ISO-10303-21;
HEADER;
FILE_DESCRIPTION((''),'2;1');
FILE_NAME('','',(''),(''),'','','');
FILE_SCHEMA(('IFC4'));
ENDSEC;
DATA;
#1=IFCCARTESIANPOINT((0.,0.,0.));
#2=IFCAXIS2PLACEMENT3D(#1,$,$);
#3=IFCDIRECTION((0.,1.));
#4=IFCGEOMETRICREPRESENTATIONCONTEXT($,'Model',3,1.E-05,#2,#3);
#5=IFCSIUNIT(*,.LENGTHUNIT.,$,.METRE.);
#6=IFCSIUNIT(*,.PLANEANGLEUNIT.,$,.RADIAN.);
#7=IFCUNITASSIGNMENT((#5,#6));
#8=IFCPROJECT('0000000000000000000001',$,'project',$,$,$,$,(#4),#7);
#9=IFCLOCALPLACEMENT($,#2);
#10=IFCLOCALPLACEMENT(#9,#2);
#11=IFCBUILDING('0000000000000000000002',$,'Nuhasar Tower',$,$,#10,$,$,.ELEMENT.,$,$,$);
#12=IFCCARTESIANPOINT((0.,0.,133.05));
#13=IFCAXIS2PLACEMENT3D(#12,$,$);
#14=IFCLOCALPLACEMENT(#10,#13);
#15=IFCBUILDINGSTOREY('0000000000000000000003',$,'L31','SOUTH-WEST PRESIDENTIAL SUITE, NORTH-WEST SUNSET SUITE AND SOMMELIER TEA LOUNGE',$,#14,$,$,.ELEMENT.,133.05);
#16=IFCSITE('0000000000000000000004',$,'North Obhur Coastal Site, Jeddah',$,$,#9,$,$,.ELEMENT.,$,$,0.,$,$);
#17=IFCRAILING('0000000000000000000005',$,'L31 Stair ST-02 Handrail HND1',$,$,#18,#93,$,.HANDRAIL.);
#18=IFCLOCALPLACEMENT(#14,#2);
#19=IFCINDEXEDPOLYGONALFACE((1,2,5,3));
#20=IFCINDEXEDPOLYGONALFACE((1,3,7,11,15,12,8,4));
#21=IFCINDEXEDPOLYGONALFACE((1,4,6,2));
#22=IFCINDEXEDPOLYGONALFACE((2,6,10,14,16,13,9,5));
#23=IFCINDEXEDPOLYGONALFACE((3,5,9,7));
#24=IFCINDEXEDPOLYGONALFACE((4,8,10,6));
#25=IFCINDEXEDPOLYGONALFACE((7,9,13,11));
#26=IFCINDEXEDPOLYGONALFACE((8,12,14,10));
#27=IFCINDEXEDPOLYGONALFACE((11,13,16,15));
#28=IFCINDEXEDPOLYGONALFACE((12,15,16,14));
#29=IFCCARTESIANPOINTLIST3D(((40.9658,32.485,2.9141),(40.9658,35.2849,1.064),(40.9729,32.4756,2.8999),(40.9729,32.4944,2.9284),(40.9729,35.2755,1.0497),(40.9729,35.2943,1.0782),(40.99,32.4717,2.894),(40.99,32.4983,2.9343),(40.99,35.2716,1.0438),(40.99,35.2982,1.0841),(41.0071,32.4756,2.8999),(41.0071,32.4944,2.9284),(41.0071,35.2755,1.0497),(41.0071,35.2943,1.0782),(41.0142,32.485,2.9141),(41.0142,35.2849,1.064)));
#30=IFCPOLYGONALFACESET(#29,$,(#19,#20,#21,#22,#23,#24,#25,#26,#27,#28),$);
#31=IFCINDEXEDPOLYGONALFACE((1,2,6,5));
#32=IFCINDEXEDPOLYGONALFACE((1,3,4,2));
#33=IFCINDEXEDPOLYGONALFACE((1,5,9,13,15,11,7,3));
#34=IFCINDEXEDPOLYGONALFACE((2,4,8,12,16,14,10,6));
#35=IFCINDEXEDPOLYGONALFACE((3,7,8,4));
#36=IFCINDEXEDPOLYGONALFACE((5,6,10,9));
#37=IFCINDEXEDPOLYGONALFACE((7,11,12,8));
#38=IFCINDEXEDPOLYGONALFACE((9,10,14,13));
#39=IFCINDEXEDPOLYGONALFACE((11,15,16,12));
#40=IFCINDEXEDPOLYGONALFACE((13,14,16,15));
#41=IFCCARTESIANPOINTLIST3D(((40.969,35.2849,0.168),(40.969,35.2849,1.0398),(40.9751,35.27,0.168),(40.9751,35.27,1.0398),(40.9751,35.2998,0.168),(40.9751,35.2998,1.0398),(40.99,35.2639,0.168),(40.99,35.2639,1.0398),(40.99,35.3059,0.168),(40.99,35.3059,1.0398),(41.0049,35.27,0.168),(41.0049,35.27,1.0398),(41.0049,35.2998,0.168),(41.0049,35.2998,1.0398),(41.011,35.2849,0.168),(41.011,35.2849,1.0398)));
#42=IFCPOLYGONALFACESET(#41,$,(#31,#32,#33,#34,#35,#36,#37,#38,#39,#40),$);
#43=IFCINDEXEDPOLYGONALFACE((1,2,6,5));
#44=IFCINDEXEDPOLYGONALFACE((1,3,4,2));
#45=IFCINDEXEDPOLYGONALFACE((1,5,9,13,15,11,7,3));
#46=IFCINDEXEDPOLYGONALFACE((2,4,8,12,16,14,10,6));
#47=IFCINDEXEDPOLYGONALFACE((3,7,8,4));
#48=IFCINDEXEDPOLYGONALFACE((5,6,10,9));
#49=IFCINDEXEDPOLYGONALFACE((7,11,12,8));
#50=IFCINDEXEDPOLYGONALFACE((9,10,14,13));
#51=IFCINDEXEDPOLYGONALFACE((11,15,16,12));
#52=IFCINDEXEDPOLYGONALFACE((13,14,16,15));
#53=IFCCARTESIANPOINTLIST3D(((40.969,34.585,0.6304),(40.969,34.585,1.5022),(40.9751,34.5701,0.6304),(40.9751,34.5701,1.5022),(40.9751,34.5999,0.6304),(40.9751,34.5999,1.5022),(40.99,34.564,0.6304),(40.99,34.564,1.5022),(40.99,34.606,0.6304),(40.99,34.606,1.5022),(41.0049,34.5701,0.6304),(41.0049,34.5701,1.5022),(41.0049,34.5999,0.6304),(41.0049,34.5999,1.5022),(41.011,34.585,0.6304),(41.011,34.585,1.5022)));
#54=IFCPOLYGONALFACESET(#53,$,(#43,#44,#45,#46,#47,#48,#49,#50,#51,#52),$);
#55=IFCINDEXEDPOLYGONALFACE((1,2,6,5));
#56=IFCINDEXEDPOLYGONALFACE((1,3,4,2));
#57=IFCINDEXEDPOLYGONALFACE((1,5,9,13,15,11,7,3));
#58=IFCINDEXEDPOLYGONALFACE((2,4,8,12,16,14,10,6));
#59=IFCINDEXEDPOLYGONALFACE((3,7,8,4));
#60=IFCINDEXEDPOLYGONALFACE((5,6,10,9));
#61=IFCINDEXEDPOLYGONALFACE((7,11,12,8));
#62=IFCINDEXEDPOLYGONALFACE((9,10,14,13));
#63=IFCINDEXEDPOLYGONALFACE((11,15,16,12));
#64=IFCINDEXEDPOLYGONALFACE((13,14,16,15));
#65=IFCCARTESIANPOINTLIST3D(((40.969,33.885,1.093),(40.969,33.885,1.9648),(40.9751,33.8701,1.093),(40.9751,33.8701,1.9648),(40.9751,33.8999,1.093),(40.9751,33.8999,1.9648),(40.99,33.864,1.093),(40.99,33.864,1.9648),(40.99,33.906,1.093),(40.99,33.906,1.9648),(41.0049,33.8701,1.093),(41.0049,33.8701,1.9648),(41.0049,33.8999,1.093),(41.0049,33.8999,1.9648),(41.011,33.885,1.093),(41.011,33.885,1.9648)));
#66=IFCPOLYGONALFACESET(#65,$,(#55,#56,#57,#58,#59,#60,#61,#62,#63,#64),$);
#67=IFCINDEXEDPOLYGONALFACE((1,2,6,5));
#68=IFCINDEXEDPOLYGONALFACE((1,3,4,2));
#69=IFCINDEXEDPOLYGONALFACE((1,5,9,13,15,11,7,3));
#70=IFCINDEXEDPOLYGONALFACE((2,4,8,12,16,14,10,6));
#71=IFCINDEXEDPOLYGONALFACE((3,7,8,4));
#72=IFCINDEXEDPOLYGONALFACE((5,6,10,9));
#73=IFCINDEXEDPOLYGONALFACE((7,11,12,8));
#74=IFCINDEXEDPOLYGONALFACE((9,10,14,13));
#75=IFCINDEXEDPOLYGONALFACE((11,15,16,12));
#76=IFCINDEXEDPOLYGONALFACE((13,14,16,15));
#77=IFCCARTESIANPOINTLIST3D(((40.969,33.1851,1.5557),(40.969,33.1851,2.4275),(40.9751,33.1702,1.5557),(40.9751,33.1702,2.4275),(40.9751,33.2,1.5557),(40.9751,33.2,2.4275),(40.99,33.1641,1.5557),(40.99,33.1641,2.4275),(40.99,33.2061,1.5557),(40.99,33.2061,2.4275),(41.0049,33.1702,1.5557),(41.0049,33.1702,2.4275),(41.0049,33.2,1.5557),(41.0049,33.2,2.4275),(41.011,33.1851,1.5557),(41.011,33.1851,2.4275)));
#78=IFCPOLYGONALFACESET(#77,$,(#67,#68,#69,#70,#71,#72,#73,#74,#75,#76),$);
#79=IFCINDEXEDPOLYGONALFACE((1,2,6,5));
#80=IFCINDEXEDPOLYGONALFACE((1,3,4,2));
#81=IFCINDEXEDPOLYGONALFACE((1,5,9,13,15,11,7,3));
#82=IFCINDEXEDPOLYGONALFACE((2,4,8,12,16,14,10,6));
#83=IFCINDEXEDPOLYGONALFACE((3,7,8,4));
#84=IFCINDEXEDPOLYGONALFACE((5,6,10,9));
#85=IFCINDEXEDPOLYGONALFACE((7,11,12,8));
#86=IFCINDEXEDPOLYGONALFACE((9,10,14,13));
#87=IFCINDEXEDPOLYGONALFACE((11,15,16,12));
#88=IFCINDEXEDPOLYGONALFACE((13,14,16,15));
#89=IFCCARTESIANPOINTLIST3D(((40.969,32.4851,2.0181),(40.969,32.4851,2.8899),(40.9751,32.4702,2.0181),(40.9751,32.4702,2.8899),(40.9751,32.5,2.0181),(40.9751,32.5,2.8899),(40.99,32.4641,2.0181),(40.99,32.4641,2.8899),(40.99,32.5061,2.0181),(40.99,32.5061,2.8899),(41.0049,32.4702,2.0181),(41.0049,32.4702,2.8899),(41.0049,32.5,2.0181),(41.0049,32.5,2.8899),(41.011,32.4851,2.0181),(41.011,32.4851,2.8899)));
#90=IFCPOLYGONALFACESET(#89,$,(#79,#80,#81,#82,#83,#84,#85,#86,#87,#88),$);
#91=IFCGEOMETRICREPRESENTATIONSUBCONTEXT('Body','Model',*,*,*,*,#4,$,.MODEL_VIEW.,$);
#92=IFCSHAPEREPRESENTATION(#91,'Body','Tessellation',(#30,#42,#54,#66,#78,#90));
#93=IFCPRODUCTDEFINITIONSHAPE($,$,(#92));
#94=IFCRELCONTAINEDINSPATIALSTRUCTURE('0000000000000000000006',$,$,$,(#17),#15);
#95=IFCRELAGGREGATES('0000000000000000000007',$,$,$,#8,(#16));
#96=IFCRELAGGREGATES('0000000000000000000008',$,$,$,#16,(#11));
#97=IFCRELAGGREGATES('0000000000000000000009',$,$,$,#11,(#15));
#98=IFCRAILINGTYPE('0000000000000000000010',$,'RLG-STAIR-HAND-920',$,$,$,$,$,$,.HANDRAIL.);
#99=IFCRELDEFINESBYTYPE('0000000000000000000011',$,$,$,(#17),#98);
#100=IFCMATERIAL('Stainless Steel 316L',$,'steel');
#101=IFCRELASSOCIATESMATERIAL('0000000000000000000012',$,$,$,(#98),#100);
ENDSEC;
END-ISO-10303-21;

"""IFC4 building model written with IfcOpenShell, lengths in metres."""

from ifc_helpers import new_model, si_unit, direction, frame, origin, place, context, subcontext, project, spatial, polyline, outline, extrude, material, type_object, element, save


model = new_model("IFC4")

# Units and contexts
model_context = context("Model", 3, precision=1e-05, world=origin(), true_north=direction((0.0, 1.0)))
body_context = subcontext(model_context, "Body", "Model", "MODEL_VIEW")
ifc_project = project(units=[si_unit("LENGTHUNIT", "METRE"), si_unit("PLANEANGLEUNIT", "RADIAN")], contexts=[model_context])

# Site, building, storey
site_placement = place(None, origin())
site = spatial("IfcSite", under=ifc_project, at=site_placement, Name="North Obhur Coastal Site, Jeddah", CompositionType="ELEMENT", RefElevation=0.0)
building_placement = place(site_placement, origin())
building = spatial("IfcBuilding", under=site, at=building_placement, Name="Nuhasar Tower", CompositionType="ELEMENT")
storey_placement = place(building_placement, frame((0.0, 0.0, 133.05)))
storey = spatial("IfcBuildingStorey", under=building, at=storey_placement, Name="L31", Description="SOUTH-WEST PRESIDENTIAL SUITE, NORTH-WEST SUNSET SUITE AND SOMMELIER TEA LOUNGE", CompositionType="ELEMENT", Elevation=133.05)

# Railing
ifc_material_1 = material(Name="Stainless Steel 316L", Category="steel")
railing_type_1 = type_object("IfcRailingType", Name="RLG-STAIR-HAND-920", PredefinedType="HANDRAIL", material=ifc_material_1)
railing_1_placement = place(storey_placement, frame((40.99, 35.2849, 0.168)))
element("IfcRailing", 1, at=railing_1_placement, inside=storey, type_object=railing_type_1, Name="L31 Stair ST-02 Handrail HND1", PredefinedType="HANDRAIL", context=body_context, shape_type="SweptSolid", body=[
    extrude(outline(polyline([(0.0242, 0.0), (0.0171, 0.0171), (0.0, 0.0242), (-0.0171, 0.0171), (-0.0242, 0.0), (-0.0171, -0.0171), (0.0, -0.0242), (0.0171, -0.0171), (0.0242, 0.0)])), frame((0.0, 0.0, 0.896), z_axis=(0.0, -0.834304, 0.551304), x_axis=(1.0, 0.0, 0.0)), (0.0, 0.0, 1.0), 3.356),
    extrude(outline(polyline([(0.021, 0.0), (0.0149, 0.0149), (0.0, 0.021), (-0.0149, 0.0149), (-0.021, 0.0), (-0.0149, -0.0149), (0.0, -0.021), (0.0149, -0.0149), (0.021, 0.0)])), origin(), (0.0, 0.0, 1.0), 0.8718),
    extrude(outline(polyline([(0.021, 0.0), (0.0149, 0.0149), (0.0, 0.021), (-0.0149, 0.0149), (-0.021, 0.0), (-0.0149, -0.0149), (0.0, -0.021), (0.0149, -0.0149), (0.021, 0.0)])), frame((0.0, -0.7, 0.4624)), (0.0, 0.0, 1.0), 0.8718),
    extrude(outline(polyline([(0.021, 0.0), (0.0149, 0.0149), (0.0, 0.021), (-0.0149, 0.0149), (-0.021, 0.0), (-0.0149, -0.0149), (0.0, -0.021), (0.0149, -0.0149), (0.021, 0.0)])), frame((0.0, -1.3999, 0.925)), (0.0, 0.0, 1.0), 0.8718),
    extrude(outline(polyline([(0.021, 0.0), (0.0149, 0.0149), (0.0, 0.021), (-0.0149, 0.0149), (-0.021, 0.0), (-0.0149, -0.0149), (0.0, -0.021), (0.0149, -0.0149), (0.021, 0.0)])), frame((0.0, -2.0999, 1.3877)), (0.0, 0.0, 1.0), 0.8718),
    extrude(outline(polyline([(0.021, 0.0), (0.0149, 0.0149), (0.0, 0.021), (-0.0149, 0.0149), (-0.021, 0.0), (-0.0149, -0.0149), (0.0, -0.021), (0.0149, -0.0149), (0.021, 0.0)])), frame((0.0, -2.7998, 1.8501)), (0.0, 0.0, 1.0), 0.8718),
])

save(model, "model.ifc")
